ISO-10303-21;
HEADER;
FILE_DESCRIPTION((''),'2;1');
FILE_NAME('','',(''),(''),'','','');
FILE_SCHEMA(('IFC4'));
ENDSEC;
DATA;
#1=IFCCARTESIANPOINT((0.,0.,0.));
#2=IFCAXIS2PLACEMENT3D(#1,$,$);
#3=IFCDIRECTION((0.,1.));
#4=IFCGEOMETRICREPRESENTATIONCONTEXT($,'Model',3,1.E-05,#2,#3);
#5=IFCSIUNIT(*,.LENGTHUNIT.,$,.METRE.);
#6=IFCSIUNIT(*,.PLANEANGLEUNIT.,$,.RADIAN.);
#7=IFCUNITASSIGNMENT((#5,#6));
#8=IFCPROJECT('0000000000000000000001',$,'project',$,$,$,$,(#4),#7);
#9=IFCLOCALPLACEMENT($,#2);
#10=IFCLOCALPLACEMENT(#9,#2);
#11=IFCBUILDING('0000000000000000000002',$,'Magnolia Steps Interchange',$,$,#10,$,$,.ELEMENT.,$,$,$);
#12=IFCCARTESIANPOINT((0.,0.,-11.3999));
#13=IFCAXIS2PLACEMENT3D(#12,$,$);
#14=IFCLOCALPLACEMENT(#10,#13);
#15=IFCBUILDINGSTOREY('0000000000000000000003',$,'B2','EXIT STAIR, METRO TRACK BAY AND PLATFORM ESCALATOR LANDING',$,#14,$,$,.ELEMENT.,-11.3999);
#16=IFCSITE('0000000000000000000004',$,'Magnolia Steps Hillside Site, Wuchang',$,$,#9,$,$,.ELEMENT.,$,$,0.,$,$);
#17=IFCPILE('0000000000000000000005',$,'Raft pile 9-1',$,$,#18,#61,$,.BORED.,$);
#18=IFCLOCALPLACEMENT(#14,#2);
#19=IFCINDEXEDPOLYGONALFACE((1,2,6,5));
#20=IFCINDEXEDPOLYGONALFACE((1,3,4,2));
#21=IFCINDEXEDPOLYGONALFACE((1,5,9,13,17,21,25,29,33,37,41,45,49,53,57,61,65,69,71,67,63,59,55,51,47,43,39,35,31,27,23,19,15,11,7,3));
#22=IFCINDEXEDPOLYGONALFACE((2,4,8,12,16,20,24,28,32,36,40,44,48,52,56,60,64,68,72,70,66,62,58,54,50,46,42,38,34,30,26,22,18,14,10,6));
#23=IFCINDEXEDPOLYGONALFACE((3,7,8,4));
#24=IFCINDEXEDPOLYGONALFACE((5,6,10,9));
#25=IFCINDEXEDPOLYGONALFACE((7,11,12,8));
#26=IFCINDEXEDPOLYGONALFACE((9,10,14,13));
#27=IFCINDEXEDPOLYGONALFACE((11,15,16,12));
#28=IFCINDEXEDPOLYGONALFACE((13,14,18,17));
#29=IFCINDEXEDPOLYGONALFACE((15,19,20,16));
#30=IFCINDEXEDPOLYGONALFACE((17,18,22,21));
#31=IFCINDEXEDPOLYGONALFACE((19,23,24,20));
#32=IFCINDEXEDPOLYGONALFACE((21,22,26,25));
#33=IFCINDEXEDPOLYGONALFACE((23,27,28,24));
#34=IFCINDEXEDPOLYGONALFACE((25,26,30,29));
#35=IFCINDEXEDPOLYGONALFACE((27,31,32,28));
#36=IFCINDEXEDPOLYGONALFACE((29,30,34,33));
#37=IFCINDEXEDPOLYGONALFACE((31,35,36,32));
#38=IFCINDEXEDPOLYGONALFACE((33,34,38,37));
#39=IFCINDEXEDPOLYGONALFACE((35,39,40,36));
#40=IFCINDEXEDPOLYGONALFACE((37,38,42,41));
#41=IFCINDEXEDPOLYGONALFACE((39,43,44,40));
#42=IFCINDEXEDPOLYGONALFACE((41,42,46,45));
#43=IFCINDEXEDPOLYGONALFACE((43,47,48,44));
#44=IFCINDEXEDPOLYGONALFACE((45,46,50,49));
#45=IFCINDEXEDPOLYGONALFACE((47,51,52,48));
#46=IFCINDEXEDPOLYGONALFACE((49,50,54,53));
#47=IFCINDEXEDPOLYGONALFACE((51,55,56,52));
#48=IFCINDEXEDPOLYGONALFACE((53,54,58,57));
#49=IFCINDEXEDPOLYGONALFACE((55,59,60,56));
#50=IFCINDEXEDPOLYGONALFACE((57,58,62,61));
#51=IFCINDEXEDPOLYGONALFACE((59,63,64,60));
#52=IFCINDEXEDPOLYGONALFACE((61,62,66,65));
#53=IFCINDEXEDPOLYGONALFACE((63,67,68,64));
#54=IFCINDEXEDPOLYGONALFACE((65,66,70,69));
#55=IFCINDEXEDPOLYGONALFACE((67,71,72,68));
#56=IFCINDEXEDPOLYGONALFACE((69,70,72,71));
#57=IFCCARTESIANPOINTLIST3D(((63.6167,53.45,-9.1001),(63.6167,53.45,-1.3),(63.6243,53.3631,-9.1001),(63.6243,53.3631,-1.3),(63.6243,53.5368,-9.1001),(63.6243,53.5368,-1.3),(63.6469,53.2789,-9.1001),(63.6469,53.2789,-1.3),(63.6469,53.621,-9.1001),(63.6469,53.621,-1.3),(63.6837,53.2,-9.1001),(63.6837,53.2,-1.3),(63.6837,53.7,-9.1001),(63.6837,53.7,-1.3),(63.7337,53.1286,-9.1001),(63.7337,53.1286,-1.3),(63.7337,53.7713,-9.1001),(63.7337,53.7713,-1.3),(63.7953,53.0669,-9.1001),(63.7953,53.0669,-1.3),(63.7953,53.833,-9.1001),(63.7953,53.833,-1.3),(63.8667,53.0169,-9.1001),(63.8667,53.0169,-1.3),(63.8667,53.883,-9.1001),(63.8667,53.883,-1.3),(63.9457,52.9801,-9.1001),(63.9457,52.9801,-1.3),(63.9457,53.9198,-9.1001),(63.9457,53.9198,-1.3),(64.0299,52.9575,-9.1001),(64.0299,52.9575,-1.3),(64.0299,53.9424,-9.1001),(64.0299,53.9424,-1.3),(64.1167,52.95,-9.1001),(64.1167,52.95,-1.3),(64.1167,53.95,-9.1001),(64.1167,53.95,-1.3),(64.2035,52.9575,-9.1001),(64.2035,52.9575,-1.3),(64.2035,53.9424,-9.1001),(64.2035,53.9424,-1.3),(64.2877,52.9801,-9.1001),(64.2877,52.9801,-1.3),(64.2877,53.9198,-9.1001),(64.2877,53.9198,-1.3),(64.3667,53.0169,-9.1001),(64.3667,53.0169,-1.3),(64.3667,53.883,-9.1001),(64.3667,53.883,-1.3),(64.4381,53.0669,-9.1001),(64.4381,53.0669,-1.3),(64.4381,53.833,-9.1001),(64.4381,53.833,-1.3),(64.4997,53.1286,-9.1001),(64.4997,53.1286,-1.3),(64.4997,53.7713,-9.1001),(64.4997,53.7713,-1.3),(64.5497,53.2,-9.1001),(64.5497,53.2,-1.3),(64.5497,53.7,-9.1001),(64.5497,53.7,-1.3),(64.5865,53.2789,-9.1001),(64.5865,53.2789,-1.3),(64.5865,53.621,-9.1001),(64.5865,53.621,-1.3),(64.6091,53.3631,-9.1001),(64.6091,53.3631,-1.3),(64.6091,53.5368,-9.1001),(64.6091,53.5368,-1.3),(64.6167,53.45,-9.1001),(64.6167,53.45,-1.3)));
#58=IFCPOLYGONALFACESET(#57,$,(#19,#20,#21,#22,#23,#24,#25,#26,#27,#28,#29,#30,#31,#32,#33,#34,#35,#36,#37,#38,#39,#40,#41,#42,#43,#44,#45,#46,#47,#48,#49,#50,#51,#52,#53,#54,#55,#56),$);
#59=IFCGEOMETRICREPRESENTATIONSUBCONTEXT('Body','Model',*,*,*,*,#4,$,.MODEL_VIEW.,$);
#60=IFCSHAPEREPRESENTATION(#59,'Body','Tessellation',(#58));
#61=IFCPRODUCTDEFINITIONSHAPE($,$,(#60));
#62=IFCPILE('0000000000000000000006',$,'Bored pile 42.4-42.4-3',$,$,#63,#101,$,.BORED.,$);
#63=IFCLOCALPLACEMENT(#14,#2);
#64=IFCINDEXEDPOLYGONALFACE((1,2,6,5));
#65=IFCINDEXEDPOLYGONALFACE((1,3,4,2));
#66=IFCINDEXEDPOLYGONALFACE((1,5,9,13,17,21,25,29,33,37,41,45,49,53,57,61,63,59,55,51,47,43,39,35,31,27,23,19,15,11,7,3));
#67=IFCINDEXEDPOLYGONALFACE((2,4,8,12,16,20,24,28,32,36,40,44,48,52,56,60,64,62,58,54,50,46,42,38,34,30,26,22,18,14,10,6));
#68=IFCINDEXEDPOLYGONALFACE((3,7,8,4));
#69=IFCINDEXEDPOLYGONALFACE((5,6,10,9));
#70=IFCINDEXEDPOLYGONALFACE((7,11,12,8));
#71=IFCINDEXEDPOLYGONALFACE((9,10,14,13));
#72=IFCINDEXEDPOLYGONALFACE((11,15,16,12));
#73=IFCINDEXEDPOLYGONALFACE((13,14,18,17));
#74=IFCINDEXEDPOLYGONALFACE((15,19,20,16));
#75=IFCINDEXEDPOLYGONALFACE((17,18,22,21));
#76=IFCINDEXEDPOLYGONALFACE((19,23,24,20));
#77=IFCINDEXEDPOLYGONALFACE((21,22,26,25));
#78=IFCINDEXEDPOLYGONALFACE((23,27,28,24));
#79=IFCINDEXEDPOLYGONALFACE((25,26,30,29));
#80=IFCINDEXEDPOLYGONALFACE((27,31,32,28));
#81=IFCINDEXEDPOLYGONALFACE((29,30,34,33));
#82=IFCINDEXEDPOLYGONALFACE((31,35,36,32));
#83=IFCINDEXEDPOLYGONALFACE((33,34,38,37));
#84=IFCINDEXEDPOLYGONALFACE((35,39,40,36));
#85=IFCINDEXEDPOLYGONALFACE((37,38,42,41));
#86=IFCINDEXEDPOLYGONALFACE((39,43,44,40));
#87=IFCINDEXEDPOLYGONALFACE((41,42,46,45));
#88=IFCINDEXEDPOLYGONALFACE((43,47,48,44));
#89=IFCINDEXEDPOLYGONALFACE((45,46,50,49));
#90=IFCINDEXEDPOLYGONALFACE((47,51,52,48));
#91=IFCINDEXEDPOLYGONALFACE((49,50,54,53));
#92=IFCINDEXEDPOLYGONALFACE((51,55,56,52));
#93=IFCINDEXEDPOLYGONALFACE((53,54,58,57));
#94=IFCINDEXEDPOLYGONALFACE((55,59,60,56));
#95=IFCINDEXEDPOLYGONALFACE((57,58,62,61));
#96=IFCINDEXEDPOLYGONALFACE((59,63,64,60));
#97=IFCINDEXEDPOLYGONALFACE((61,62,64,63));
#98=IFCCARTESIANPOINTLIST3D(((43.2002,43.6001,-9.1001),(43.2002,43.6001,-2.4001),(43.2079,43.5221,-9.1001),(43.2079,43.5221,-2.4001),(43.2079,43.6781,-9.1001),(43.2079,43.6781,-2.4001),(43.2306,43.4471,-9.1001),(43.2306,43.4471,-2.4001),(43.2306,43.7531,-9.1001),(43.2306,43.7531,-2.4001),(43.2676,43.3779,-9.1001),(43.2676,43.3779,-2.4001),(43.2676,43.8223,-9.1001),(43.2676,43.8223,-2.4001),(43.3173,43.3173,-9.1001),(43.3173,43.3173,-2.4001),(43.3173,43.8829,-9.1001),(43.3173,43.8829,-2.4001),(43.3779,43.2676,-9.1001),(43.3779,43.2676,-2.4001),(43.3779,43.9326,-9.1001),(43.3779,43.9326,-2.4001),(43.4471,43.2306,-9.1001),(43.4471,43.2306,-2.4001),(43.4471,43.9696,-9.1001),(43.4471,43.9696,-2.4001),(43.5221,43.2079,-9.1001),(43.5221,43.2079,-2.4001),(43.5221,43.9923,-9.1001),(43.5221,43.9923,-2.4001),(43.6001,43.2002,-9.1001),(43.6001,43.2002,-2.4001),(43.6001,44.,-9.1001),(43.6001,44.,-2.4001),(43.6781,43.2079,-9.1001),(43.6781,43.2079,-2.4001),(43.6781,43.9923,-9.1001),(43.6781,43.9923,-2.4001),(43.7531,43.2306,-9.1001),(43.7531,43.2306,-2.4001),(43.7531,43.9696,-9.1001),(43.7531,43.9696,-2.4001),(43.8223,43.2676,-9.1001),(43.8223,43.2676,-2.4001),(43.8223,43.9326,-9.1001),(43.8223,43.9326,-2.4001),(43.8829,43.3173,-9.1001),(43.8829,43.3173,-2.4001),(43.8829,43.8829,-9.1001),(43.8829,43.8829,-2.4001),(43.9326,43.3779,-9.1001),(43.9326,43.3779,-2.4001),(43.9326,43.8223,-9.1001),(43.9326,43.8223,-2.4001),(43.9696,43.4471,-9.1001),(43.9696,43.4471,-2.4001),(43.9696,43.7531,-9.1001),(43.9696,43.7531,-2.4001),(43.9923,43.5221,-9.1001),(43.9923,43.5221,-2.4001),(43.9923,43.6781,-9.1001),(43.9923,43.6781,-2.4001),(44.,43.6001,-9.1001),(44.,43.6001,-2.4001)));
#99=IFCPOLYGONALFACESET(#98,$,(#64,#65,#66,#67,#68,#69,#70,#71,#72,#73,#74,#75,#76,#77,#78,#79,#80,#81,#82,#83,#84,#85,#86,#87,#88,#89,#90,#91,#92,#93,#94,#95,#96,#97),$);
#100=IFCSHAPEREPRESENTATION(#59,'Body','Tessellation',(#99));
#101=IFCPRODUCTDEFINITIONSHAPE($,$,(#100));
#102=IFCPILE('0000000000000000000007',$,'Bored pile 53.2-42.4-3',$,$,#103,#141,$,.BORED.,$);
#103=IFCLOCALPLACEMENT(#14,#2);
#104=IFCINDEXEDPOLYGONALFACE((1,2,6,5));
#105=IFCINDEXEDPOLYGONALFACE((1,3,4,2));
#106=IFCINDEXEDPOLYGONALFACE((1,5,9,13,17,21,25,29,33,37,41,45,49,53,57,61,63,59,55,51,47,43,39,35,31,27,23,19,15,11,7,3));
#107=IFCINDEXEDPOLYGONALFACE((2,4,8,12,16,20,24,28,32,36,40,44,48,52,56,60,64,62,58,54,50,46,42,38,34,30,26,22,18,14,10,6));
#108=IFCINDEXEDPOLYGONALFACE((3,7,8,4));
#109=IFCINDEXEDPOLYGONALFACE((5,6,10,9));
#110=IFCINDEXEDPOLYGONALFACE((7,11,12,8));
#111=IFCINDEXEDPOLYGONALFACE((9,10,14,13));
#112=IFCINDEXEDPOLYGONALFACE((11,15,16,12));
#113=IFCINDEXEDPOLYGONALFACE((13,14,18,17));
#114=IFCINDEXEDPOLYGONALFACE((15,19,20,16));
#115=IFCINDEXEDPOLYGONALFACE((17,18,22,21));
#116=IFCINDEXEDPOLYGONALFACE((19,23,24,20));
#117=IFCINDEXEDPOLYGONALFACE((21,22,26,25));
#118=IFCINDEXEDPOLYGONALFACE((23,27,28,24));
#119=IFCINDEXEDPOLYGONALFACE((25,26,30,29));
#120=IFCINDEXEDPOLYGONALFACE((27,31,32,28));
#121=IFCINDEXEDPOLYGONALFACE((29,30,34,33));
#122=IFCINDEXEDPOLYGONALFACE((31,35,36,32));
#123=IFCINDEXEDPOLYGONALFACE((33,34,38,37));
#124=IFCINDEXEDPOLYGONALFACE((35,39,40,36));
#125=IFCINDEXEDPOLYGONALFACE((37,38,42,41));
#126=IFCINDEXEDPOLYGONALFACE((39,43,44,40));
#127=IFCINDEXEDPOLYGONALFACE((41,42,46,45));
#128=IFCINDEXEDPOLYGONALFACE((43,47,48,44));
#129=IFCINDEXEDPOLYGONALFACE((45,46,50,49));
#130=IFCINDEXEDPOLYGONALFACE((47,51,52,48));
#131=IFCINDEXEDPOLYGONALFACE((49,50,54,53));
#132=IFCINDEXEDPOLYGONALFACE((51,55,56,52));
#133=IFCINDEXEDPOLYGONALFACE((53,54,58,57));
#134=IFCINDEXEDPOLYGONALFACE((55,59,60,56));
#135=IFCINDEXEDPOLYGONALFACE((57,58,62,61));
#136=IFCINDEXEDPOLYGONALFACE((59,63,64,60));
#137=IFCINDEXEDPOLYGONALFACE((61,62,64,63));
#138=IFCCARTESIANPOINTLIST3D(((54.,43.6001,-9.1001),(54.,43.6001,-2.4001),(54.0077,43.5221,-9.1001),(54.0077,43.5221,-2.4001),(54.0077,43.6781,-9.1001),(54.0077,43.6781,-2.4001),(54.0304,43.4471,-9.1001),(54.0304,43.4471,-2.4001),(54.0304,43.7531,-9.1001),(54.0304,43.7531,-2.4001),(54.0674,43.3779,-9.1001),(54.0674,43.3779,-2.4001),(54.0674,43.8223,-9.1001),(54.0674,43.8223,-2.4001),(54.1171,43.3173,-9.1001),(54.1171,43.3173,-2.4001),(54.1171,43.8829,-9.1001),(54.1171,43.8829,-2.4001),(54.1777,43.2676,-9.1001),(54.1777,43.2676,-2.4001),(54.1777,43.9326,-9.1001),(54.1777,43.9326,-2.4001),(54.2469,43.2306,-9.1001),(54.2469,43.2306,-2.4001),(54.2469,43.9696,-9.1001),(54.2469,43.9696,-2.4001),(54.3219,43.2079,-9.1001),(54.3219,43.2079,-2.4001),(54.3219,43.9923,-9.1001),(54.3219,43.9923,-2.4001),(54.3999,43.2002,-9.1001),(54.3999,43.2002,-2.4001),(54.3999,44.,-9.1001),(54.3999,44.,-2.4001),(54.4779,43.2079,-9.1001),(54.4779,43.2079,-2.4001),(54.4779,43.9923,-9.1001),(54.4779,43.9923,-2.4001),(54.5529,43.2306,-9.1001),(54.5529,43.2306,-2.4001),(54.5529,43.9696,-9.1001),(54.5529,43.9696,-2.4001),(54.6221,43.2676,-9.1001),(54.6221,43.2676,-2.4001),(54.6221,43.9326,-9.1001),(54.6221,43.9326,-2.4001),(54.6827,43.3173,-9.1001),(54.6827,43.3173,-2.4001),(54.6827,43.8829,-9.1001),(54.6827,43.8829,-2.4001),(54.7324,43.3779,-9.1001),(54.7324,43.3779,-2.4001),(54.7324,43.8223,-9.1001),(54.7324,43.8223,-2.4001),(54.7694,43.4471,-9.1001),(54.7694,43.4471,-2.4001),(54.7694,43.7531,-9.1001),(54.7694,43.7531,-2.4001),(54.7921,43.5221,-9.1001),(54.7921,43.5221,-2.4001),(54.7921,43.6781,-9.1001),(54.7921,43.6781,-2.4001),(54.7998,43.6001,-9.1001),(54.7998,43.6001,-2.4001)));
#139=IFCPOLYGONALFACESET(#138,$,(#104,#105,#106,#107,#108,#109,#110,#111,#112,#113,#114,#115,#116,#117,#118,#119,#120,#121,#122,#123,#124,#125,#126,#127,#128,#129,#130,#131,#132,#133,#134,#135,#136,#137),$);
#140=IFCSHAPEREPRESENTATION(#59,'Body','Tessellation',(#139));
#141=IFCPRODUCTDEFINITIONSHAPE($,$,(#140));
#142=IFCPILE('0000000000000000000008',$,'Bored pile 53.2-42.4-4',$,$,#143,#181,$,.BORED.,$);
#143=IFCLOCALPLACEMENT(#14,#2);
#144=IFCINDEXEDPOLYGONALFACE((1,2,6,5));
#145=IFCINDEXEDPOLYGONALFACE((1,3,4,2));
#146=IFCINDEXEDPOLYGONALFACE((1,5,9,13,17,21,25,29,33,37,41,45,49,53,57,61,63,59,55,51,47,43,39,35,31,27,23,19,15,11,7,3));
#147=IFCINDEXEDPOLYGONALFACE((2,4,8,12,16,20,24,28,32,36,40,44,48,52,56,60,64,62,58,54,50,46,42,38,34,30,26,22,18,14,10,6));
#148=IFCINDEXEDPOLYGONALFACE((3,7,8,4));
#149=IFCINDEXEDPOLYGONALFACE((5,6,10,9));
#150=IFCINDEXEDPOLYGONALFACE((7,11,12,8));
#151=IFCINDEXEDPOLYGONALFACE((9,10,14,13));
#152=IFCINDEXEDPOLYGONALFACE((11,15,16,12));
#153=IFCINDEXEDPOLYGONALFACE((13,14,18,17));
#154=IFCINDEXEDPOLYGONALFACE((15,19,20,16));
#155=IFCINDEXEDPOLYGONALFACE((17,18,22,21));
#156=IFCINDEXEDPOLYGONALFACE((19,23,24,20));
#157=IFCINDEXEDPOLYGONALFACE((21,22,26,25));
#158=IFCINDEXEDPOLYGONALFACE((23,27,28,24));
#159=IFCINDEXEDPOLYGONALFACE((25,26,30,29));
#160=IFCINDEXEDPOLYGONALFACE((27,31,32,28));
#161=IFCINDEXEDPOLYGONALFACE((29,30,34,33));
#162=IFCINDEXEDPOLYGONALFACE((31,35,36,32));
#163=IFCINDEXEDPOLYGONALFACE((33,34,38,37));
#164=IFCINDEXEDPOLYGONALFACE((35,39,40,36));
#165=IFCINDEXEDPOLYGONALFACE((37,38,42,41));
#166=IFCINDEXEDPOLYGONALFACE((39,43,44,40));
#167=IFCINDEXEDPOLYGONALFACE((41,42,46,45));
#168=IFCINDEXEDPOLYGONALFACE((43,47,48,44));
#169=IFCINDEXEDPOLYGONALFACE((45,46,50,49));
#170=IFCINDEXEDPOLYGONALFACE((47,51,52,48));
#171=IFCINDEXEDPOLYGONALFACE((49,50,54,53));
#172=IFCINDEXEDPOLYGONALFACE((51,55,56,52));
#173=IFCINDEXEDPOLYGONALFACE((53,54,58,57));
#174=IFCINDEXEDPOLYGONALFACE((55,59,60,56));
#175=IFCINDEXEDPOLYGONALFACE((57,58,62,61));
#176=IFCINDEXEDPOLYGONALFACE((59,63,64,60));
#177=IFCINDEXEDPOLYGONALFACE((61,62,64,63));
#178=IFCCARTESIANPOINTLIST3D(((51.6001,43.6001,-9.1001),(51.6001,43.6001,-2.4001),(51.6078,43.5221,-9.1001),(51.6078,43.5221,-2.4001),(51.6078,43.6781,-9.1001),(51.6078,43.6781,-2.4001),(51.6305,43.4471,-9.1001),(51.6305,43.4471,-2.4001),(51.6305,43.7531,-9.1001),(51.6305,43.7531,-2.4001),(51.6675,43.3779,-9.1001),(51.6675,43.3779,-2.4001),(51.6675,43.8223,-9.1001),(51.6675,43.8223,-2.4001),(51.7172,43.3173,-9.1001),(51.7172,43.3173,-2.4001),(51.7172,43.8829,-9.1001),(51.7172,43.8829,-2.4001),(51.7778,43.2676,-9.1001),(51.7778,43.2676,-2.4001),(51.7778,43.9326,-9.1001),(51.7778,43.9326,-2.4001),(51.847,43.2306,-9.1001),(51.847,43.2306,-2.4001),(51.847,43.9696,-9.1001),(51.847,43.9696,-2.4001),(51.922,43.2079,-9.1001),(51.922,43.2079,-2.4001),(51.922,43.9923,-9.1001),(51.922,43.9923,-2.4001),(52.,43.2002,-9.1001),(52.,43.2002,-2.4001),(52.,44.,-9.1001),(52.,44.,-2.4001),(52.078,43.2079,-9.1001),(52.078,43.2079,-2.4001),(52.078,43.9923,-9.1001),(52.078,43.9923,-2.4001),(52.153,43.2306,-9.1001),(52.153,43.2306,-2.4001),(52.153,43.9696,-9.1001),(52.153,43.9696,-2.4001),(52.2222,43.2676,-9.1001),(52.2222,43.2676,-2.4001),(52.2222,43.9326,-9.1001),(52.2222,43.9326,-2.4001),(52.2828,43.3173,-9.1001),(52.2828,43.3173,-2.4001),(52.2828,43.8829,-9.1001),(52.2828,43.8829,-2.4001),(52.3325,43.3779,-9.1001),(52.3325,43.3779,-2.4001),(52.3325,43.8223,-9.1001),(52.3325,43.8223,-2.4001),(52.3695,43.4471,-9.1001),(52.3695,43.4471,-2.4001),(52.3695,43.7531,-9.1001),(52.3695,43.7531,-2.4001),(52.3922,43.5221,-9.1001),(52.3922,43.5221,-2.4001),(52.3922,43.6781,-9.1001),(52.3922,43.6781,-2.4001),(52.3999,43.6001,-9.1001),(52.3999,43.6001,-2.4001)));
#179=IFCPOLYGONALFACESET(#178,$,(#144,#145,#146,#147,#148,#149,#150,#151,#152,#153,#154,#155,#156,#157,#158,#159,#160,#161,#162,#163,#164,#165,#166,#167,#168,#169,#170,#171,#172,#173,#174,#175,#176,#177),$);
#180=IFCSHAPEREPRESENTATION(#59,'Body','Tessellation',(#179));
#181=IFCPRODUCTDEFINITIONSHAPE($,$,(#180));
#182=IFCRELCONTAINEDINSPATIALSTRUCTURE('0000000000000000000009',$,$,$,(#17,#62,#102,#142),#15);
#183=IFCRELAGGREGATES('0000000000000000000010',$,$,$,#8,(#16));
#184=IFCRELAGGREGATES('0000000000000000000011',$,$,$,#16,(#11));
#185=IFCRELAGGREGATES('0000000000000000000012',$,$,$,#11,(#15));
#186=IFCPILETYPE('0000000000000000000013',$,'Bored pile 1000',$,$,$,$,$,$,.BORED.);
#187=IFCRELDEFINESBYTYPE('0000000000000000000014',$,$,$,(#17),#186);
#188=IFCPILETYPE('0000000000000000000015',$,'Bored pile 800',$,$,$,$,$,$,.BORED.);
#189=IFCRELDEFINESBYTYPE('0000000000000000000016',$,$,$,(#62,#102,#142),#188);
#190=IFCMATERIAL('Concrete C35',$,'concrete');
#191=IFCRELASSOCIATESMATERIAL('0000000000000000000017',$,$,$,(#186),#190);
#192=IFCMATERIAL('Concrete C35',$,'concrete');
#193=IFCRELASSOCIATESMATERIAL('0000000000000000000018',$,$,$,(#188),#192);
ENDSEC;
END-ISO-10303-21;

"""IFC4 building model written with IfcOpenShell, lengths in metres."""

from ifc_helpers import new_model, si_unit, direction, frame, origin, origin_2d, place, context, subcontext, project, spatial, circle, extrude, material, material_profile, profile_set, type_object, element, save


model = new_model("IFC4")

# Units and contexts
model_context = context("Model", 3, precision=1e-05, world=origin(), true_north=direction((0.0, 1.0)))
body_context = subcontext(model_context, "Body", "Model", "MODEL_VIEW")
ifc_project = project(units=[si_unit("LENGTHUNIT", "METRE"), si_unit("PLANEANGLEUNIT", "RADIAN")], contexts=[model_context])

# Site, building, storey
site_placement = place(None, origin())
site = spatial("IfcSite", under=ifc_project, at=site_placement, Name="Magnolia Steps Hillside Site, Wuchang", CompositionType="ELEMENT", RefElevation=0.0)
building_placement = place(site_placement, origin())
building = spatial("IfcBuilding", under=site, at=building_placement, Name="Magnolia Steps Interchange", CompositionType="ELEMENT")
storey_placement = place(building_placement, frame((0.0, 0.0, -11.3999)))
storey = spatial("IfcBuildingStorey", under=building, at=storey_placement, Name="B2", Description="EXIT STAIR, METRO TRACK BAY AND PLATFORM ESCALATOR LANDING", CompositionType="ELEMENT", Elevation=-11.3999)

# Piles
ifc_material_1 = material(Name="Concrete C35", Category="concrete")
ifc_material_profile_1 = material_profile(ifc_material_1, circle(Radius=0.5, at=origin_2d()), Name="Bored pile 1000")
ifc_profile_set_1 = profile_set([ifc_material_profile_1], Name="Concrete C35")
pile_type_1 = type_object("IfcPileType", Name="Bored pile 1000", PredefinedType="BORED", material=ifc_profile_set_1)
for number, where, z_axis, x_axis, name in (
    (1, (64.1167, 53.45, -1.3), (0.0, 0.0, -1.0), (1.0, 0.0, 0.0), "Raft pile 9-1"),
):
    element("IfcPile", number, at=place(storey_placement, frame(where, z_axis=z_axis, x_axis=x_axis)), inside=storey, type_object=pile_type_1, Name=name, PredefinedType="BORED", context=body_context, shape_type="SweptSolid", body=[
        extrude(circle(Radius=0.5, at=origin_2d()), origin(), (0.0, 0.0, 1.0), 7.8),
    ])
ifc_material_2 = material(Name="Concrete C35", Category="concrete")
ifc_material_profile_2 = material_profile(ifc_material_2, circle(Radius=0.3999, at=origin_2d()), Name="Bored pile 800")
ifc_profile_set_2 = profile_set([ifc_material_profile_2], Name="Concrete C35")
pile_type_2 = type_object("IfcPileType", Name="Bored pile 800", PredefinedType="BORED", material=ifc_profile_set_2)
for number, where, z_axis, x_axis, name in (
    (2, (43.6001, 43.6001, -2.4001), (0.0, 0.0, -1.0), (1.0, 0.0, 0.0), "Bored pile 42.4-42.4-3"),
    (3, (54.3999, 43.6001, -2.4001), (0.0, 0.0, -1.0), (1.0, 0.0, 0.0), "Bored pile 53.2-42.4-3"),
    (4, (52.0, 43.6001, -2.4001), (0.0, 0.0, -1.0), (1.0, 0.0, 0.0), "Bored pile 53.2-42.4-4"),
):
    element("IfcPile", number, at=place(storey_placement, frame(where, z_axis=z_axis, x_axis=x_axis)), inside=storey, type_object=pile_type_2, Name=name, PredefinedType="BORED", context=body_context, shape_type="SweptSolid", body=[
        extrude(circle(Radius=0.3999, at=origin_2d()), origin(), (0.0, 0.0, 1.0), 6.7),
    ])

save(model, "model.ifc")
